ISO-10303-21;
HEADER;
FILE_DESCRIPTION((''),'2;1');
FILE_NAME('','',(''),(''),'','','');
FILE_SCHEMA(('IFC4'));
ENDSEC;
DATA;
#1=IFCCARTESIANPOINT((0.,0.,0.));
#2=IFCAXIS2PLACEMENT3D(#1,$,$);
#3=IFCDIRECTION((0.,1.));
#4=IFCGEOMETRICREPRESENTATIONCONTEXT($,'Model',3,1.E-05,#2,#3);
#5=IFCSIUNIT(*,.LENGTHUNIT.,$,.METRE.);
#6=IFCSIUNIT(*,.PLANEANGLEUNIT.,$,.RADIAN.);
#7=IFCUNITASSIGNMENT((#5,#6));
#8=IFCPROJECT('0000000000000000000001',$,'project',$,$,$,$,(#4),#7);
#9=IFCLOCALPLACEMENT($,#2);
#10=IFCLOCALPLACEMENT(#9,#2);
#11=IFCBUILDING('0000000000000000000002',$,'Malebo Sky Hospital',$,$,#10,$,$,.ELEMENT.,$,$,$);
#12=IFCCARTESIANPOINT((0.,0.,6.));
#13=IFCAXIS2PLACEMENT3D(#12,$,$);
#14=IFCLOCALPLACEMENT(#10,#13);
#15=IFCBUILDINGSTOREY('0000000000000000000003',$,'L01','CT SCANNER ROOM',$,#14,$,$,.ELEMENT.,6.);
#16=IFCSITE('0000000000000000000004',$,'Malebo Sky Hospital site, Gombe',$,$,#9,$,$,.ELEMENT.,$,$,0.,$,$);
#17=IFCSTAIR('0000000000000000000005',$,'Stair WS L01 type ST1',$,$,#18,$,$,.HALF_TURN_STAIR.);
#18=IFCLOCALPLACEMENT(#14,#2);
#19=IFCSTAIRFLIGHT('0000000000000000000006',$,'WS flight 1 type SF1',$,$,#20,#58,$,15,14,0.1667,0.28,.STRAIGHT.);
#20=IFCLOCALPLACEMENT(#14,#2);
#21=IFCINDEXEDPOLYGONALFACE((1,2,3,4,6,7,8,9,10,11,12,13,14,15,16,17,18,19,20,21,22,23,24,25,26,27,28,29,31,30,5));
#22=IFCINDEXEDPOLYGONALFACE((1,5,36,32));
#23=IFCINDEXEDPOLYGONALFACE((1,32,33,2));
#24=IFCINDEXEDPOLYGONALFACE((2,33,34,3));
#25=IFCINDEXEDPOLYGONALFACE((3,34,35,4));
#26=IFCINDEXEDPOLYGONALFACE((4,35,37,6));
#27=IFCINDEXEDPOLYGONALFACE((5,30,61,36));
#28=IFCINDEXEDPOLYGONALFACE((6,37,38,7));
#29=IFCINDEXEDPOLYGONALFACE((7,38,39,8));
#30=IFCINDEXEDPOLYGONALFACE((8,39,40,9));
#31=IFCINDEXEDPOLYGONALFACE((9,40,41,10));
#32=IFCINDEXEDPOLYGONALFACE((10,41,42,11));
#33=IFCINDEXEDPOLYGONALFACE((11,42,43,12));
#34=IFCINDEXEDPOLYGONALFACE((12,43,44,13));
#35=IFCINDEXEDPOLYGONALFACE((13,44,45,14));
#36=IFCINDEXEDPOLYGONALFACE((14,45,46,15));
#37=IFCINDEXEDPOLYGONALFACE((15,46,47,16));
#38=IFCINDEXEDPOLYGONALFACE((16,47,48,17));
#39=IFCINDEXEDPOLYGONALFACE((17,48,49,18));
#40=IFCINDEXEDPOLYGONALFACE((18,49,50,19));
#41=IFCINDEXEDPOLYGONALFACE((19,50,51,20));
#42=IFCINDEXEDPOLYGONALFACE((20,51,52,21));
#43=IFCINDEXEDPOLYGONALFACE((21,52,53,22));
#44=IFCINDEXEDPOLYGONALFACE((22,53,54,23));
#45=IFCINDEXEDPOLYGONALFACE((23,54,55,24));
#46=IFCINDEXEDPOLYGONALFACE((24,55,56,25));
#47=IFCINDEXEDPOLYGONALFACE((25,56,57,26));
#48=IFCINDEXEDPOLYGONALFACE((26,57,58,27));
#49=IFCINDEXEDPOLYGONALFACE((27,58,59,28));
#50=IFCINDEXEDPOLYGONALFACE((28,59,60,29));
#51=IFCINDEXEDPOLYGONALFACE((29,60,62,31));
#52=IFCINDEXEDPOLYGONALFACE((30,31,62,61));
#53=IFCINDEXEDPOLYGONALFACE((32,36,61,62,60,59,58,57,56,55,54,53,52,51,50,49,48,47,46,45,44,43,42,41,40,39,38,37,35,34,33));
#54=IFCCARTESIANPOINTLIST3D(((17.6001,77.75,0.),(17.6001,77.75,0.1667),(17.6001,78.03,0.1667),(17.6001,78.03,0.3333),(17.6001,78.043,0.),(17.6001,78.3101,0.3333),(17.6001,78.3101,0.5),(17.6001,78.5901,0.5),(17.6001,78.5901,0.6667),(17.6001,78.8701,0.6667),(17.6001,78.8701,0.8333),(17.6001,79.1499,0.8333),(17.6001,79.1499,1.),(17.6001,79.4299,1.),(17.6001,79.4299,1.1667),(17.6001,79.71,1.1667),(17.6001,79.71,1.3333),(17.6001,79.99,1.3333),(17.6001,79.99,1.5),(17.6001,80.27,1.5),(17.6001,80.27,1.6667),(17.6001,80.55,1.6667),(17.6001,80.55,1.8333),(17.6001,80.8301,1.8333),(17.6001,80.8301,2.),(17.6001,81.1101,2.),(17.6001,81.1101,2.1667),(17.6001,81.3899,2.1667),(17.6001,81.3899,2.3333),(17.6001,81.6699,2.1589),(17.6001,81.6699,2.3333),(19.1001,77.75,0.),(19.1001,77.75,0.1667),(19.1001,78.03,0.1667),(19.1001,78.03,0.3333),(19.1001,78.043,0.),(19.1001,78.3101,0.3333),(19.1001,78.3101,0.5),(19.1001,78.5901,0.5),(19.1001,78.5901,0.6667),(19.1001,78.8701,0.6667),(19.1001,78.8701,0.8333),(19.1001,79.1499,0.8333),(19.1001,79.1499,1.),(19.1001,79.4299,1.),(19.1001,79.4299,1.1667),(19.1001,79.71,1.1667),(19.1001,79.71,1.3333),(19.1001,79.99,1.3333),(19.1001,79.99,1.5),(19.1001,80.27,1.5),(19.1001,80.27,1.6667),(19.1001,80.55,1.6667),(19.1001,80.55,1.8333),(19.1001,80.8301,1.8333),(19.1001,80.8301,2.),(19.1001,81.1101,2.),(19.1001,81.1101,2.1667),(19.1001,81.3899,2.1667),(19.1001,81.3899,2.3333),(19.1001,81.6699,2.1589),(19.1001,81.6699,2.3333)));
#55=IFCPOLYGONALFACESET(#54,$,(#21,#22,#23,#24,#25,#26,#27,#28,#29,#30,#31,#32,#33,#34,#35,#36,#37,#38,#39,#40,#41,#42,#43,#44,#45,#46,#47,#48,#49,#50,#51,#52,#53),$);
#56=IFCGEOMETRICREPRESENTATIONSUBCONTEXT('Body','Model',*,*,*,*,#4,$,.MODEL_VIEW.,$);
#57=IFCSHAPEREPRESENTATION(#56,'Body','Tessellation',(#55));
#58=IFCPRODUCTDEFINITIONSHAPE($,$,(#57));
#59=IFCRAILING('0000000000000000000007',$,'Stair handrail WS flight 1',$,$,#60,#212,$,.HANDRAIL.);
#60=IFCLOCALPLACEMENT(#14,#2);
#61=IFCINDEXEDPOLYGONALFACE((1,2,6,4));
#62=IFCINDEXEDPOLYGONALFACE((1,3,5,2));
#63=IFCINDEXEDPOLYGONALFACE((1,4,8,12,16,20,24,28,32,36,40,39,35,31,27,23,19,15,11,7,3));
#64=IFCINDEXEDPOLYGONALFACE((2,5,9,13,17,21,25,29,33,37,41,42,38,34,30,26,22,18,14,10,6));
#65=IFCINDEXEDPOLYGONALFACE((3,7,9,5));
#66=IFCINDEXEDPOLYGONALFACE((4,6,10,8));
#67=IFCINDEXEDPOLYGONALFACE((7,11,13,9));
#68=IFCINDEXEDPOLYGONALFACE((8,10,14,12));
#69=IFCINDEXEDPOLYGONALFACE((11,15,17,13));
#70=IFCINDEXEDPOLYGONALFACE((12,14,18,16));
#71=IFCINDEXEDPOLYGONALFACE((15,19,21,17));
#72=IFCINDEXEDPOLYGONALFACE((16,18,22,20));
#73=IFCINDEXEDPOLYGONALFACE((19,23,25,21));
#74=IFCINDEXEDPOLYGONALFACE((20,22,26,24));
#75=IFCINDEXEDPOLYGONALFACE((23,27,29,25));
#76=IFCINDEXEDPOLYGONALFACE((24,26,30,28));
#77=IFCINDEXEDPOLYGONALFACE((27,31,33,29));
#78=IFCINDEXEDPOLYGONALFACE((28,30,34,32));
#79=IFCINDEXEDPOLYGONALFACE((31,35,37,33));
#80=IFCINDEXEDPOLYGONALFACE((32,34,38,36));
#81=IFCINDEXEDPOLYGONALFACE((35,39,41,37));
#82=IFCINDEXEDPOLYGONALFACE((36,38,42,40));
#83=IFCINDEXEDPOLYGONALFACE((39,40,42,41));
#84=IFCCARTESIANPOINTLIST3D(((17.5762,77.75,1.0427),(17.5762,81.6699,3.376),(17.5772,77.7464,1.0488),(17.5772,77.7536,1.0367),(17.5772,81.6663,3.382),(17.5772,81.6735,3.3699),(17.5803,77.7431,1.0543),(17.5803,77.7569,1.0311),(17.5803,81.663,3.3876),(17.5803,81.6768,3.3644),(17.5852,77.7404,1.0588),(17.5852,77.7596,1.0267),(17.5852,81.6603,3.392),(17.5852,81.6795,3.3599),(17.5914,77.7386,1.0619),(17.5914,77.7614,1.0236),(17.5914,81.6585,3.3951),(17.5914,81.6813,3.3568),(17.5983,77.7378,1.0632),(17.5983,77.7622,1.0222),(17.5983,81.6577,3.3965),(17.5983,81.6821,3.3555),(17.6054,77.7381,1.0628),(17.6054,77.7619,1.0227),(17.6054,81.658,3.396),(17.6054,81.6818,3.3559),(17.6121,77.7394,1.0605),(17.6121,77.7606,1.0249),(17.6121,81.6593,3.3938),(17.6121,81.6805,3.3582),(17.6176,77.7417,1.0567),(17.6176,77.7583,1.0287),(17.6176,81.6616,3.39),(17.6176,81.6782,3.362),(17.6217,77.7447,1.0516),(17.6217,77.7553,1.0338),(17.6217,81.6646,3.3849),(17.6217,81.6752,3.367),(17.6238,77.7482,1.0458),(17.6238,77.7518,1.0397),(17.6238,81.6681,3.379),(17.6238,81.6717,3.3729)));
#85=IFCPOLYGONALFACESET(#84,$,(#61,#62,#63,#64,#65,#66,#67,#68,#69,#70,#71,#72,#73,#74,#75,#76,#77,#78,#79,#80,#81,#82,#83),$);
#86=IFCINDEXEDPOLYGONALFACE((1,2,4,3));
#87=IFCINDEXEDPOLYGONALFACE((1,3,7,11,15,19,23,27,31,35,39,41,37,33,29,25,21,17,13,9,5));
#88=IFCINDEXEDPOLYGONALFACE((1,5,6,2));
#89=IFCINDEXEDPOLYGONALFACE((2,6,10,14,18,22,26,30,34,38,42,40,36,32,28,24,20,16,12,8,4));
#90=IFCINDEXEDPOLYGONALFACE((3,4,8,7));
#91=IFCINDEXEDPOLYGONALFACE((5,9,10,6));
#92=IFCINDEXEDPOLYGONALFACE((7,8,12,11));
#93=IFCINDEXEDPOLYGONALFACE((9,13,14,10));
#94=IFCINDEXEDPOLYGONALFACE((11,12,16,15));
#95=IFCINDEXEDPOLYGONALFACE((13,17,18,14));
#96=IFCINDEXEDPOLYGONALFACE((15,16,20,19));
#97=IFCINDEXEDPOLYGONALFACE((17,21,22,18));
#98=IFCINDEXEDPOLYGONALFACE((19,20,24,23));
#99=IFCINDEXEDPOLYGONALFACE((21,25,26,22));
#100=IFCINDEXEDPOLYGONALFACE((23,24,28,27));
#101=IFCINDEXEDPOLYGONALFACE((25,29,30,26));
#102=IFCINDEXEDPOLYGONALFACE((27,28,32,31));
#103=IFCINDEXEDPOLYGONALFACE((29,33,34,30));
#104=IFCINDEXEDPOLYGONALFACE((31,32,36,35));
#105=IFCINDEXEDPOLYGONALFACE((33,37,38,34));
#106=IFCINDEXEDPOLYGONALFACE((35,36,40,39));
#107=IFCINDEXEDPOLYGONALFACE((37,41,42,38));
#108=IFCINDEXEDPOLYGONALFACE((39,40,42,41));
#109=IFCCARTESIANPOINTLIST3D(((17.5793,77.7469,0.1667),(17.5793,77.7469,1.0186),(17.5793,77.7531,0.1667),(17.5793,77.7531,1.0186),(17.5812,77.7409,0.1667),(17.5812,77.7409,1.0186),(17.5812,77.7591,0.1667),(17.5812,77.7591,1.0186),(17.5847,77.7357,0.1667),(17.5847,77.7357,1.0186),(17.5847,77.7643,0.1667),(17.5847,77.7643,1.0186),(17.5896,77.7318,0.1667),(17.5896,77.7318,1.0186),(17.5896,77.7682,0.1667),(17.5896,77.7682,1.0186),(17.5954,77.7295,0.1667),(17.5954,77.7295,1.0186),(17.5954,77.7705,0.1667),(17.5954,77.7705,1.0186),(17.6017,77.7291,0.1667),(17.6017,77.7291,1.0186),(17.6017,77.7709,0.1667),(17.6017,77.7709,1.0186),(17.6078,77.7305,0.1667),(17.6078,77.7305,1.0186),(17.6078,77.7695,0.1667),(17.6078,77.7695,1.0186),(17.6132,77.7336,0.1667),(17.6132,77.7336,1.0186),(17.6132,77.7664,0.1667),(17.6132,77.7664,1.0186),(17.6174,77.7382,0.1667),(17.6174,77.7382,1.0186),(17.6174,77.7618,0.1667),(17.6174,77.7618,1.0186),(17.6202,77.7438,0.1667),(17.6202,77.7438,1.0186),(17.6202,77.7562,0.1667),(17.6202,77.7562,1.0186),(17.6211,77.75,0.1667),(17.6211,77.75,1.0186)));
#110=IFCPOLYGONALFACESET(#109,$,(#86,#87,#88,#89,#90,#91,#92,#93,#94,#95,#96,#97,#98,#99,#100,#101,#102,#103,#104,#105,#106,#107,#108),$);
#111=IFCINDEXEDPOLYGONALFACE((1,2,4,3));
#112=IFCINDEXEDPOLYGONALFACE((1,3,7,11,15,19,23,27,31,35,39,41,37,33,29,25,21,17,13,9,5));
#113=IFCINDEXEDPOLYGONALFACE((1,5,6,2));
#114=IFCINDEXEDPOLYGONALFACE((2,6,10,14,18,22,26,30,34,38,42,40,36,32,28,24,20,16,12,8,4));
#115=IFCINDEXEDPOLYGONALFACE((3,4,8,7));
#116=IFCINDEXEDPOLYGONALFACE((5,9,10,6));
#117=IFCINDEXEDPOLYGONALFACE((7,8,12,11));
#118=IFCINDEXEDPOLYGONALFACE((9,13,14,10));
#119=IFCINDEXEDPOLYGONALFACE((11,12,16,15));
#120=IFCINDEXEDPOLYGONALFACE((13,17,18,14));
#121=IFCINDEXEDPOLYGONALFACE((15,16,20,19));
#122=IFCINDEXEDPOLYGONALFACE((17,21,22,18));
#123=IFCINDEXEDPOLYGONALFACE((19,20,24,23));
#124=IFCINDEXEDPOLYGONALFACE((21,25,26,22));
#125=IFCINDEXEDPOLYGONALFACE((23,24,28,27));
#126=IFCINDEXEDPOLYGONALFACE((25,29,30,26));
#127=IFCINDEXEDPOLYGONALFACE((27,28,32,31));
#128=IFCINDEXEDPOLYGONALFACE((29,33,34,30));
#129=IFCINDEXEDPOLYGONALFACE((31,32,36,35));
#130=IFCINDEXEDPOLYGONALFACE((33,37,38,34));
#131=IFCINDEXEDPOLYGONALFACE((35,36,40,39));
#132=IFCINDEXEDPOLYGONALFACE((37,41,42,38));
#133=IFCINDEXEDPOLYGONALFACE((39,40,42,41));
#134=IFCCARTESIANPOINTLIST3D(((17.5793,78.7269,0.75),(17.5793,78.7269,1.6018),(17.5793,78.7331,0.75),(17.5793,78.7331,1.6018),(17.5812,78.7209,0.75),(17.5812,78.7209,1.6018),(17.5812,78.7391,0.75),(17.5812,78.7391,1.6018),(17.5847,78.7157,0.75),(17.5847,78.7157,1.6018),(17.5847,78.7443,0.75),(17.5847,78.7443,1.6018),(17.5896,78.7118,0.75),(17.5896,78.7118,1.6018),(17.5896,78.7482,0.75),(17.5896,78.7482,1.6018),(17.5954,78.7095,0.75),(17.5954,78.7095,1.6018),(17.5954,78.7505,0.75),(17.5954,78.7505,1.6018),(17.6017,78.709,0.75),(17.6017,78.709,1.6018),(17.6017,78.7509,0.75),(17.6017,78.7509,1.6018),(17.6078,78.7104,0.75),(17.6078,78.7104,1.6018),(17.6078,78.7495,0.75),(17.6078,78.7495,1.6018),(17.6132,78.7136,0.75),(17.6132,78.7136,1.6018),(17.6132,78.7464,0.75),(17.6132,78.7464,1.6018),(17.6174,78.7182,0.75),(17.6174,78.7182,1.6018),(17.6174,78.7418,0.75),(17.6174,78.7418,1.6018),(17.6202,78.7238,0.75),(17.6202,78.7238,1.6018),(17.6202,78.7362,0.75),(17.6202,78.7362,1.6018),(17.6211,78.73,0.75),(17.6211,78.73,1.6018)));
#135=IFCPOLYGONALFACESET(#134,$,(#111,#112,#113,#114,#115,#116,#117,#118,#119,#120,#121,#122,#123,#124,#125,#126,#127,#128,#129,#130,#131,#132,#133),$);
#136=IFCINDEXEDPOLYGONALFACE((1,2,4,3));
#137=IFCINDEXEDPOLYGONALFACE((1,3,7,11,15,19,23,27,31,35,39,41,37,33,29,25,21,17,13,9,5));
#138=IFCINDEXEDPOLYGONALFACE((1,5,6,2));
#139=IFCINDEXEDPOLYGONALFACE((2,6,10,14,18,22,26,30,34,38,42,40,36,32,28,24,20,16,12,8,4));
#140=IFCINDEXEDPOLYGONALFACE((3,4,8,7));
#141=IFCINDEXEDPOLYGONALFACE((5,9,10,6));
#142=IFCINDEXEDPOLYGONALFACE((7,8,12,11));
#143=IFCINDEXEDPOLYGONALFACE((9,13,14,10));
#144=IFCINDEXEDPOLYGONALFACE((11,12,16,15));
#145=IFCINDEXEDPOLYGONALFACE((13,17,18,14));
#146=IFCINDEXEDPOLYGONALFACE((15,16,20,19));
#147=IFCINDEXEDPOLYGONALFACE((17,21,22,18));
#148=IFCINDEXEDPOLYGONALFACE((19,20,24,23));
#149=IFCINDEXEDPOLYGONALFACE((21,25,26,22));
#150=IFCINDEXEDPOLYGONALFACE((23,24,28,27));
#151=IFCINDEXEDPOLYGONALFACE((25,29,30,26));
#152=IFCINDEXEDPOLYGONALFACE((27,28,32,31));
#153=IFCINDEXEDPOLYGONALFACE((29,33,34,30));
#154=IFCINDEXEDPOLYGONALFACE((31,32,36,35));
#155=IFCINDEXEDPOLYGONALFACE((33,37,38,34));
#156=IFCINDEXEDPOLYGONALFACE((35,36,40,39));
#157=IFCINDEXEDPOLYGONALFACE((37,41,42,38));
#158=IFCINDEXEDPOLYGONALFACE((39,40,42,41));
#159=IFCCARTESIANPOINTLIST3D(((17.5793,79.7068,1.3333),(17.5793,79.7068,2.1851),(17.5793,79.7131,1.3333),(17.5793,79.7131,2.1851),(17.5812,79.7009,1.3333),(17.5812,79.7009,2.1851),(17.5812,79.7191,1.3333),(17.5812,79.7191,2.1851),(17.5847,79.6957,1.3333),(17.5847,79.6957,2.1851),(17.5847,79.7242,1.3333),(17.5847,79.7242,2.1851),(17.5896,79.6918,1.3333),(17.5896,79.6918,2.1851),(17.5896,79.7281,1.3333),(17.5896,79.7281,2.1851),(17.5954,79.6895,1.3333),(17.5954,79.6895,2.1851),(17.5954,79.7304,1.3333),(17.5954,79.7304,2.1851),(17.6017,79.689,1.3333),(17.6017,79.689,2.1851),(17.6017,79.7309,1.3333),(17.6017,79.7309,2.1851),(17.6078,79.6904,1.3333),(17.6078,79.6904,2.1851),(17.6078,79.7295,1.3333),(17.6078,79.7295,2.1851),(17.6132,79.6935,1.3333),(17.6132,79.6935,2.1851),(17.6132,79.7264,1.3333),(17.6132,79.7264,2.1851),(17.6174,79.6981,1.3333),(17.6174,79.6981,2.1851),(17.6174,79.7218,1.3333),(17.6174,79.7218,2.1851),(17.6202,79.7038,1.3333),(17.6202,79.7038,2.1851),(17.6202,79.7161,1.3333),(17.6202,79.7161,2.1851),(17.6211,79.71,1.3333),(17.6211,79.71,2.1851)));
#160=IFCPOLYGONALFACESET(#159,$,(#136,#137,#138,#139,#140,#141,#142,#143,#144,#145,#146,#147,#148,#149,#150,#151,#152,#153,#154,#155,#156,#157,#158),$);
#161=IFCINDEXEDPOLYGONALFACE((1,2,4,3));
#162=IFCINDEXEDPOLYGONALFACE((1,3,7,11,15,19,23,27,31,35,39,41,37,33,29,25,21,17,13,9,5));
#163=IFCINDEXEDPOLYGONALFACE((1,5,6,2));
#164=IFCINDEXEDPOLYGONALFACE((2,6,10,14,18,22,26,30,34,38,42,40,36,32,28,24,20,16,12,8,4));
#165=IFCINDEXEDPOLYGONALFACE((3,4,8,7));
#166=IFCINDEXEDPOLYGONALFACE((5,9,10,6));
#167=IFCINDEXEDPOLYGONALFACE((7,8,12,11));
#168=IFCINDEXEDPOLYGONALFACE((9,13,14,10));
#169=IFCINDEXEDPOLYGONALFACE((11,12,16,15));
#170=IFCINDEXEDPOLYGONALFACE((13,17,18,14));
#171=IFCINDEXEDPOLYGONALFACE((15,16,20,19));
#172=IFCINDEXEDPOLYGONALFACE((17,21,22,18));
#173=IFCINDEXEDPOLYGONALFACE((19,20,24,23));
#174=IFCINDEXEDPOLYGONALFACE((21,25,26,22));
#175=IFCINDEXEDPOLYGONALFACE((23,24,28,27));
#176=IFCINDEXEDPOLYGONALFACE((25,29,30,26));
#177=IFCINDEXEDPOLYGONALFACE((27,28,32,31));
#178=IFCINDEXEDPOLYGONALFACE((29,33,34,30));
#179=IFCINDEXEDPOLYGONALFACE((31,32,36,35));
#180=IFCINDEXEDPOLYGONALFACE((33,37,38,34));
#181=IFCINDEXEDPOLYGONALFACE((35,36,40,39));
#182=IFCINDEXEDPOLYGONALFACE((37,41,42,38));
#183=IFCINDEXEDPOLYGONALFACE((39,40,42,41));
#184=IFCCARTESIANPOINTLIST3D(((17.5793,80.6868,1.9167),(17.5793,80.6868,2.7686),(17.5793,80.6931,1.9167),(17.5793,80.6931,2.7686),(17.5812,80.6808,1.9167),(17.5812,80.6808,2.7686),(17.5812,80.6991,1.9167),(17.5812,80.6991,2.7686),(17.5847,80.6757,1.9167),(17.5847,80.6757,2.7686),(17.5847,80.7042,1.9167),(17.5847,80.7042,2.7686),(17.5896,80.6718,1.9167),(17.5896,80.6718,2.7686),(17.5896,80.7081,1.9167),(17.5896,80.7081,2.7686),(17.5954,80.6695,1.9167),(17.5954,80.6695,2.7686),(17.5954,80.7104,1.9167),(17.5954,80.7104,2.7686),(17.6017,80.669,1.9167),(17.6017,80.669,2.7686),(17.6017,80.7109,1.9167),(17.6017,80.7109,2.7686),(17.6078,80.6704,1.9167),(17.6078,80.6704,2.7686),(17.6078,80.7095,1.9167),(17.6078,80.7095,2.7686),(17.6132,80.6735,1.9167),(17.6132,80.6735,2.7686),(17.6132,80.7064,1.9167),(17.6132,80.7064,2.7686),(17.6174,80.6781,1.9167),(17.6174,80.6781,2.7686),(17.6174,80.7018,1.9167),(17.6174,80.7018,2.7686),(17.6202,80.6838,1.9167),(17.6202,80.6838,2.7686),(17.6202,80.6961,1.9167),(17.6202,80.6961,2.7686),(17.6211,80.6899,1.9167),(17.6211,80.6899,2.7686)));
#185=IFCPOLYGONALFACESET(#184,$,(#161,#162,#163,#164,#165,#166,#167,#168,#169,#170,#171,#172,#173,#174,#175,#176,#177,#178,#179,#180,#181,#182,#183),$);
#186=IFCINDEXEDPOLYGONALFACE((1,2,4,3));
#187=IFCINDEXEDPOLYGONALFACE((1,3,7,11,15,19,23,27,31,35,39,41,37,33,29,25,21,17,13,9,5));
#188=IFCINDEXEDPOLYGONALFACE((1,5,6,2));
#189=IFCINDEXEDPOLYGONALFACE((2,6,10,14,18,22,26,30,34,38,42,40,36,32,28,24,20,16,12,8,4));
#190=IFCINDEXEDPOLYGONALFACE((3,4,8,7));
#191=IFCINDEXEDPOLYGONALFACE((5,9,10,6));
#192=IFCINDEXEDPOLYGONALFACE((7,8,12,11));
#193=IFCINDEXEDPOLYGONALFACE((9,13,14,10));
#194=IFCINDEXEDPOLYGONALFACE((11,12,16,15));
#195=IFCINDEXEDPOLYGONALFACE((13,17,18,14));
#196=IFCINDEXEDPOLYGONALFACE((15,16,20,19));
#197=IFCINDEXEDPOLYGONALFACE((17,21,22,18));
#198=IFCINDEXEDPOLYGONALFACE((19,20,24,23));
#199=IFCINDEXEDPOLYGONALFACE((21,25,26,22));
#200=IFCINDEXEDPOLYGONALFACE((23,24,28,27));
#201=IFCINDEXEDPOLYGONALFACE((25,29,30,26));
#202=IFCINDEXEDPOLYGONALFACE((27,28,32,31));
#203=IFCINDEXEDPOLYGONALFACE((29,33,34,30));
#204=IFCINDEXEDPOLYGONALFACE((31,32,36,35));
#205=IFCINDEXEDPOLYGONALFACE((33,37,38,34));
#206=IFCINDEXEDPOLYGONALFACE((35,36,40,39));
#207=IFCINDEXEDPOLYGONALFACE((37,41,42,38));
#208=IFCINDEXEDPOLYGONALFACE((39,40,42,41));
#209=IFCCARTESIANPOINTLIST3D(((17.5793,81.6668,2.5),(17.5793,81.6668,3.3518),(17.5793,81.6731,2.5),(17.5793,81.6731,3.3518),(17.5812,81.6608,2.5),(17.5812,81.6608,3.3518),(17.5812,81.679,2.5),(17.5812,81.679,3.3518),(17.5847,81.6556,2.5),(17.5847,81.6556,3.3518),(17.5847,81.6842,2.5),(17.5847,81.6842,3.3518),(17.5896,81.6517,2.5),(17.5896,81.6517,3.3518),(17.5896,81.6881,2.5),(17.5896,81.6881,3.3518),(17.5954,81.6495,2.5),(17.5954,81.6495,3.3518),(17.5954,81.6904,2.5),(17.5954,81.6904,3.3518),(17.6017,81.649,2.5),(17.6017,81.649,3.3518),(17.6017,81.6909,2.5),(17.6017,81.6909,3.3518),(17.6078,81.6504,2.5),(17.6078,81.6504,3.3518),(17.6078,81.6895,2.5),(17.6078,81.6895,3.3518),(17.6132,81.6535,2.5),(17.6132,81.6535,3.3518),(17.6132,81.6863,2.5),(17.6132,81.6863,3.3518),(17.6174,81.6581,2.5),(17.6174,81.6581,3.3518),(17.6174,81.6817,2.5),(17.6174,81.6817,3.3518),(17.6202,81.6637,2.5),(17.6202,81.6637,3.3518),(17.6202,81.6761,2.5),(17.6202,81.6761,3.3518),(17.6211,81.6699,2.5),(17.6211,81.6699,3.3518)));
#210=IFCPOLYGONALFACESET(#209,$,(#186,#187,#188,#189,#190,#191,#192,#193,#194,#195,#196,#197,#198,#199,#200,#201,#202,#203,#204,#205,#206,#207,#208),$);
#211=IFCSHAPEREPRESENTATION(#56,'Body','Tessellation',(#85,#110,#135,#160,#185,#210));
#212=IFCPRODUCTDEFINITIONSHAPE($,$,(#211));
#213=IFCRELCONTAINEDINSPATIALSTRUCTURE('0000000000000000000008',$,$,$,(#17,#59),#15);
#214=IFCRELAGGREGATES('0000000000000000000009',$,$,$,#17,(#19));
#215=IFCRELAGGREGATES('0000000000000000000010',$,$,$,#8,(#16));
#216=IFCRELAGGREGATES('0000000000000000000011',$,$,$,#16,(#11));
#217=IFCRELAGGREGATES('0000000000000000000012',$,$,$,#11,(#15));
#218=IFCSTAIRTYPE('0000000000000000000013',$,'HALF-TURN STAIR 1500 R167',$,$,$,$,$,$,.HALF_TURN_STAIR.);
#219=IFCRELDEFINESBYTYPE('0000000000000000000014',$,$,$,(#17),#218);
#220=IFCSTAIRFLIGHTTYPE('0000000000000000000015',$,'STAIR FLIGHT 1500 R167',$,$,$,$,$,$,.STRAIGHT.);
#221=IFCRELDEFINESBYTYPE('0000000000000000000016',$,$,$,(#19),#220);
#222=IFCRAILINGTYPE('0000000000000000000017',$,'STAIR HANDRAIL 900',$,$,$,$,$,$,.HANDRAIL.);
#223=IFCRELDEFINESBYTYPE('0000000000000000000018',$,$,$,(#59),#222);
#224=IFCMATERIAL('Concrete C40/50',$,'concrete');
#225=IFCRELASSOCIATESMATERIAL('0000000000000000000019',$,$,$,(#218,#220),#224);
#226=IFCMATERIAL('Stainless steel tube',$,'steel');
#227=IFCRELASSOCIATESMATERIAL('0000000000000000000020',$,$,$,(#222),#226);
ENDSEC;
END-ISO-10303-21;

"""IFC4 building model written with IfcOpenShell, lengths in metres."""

from ifc_helpers import new_model, si_unit, direction, frame, origin, origin_2d, place, context, subcontext, project, spatial, polyline, circle, outline, extrude, material, type_object, element, aggregate, save


model = new_model("IFC4")

# Units and contexts
model_context = context("Model", 3, precision=1e-05, world=origin(), true_north=direction((0.0, 1.0)))
body_context = subcontext(model_context, "Body", "Model", "MODEL_VIEW")
ifc_project = project(units=[si_unit("LENGTHUNIT", "METRE"), si_unit("PLANEANGLEUNIT", "RADIAN")], contexts=[model_context])

# Site, building, storey
site_placement = place(None, origin())
site = spatial("IfcSite", under=ifc_project, at=site_placement, Name="Malebo Sky Hospital site, Gombe", CompositionType="ELEMENT", RefElevation=0.0)
building_placement = place(site_placement, origin())
building = spatial("IfcBuilding", under=site, at=building_placement, Name="Malebo Sky Hospital", CompositionType="ELEMENT")
storey_placement = place(building_placement, frame((0.0, 0.0, 6.0)))
storey = spatial("IfcBuildingStorey", under=building, at=storey_placement, Name="L01", Description="CT SCANNER ROOM", CompositionType="ELEMENT", Elevation=6.0)

# Stair, stair flight
ifc_material_1 = material(Name="Concrete C40/50", Category="concrete")
stair_type = type_object("IfcStairType", Name="HALF-TURN STAIR 1500 R167", PredefinedType="HALF_TURN_STAIR", material=ifc_material_1)
stair_placement = place(storey_placement, origin())
stair = element("IfcStair", 1, at=stair_placement, inside=storey, type_object=stair_type, Name="Stair WS L01 type ST1", PredefinedType="HALF_TURN_STAIR")
stair_flight_type = type_object("IfcStairFlightType", Name="STAIR FLIGHT 1500 R167", PredefinedType="STRAIGHT", material=ifc_material_1)
stair_flight_placement = place(storey_placement, frame((18.3501, 77.75, 0.0), z_axis=(0.0, 0.0, 1.0), x_axis=(0.0, 1.0, 0.0)))
stair_flight = element("IfcStairFlight", 2, at=stair_flight_placement, type_object=stair_flight_type, Name="WS flight 1 type SF1", NumberOfRisers=15, NumberOfTreads=14, PredefinedType="STRAIGHT", RiserHeight=0.1667, TreadLength=0.28, context=body_context, shape_type="SweptSolid", body=[
    extrude(outline(polyline([(0.0, 0.0), (0.0, 0.1667), (0.28, 0.1667), (0.28, 0.3333), (0.5601, 0.3333), (0.5601, 0.5), (0.8401, 0.5), (0.8401, 0.6667), (1.1201, 0.6667), (1.1201, 0.8333), (1.3999, 0.8333), (1.3999, 1.0), (1.6799, 1.0), (1.6799, 1.1667), (1.96, 1.1667), (1.96, 1.3333), (2.24, 1.3333), (2.24, 1.5), (2.52, 1.5), (2.52, 1.6667), (2.8, 1.6667), (2.8, 1.8333), (3.0801, 1.8333), (3.0801, 2.0), (3.3601, 2.0), (3.3601, 2.1667), (3.6399, 2.1667), (3.6399, 2.3333), (3.9199, 2.3333), (3.9199, 2.5), (3.9199, 2.1589), (0.293, 0.0), (0.0, 0.0)])), frame((0.0, 0.75, 0.0), z_axis=(0.0, -1.0, 0.0), x_axis=(1.0, 0.0, 0.0)), (0.0, 0.0, 1.0), 1.5),
])
aggregate(stair, [stair_flight])

# Railing
ifc_material_2 = material(Name="Stainless steel tube", Category="steel")
railing_type = type_object("IfcRailingType", Name="STAIR HANDRAIL 900", PredefinedType="HANDRAIL", material=ifc_material_2)
railing_1_placement = place(storey_placement, frame((17.6001, 77.75, 0.1667)))
element("IfcRailing", 3, at=railing_1_placement, inside=storey, type_object=railing_type, Name="Stair handrail WS flight 1", PredefinedType="HANDRAIL", context=body_context, shape_type="SweptSolid", body=[
    extrude(circle(Radius=0.0239, at=origin_2d()), frame((0.0, 0.0, 0.876), z_axis=(0.0, 0.859296, 0.511478), x_axis=(-1.0, 0.0, 0.0)), (0.0, 0.0, 1.0), 4.5618),
    extrude(circle(Radius=0.021, at=origin_2d()), origin(), (0.0, 0.0, 1.0), 0.8518),
    extrude(circle(Radius=0.021, at=origin_2d()), frame((0.0, 0.98, 0.5833)), (0.0, 0.0, 1.0), 0.8518),
    extrude(circle(Radius=0.021, at=origin_2d()), frame((0.0, 1.96, 1.1665)), (0.0, 0.0, 1.0), 0.8518),
    extrude(circle(Radius=0.021, at=origin_2d()), frame((0.0, 2.9399, 1.75)), (0.0, 0.0, 1.0), 0.8518),
    extrude(circle(Radius=0.021, at=origin_2d()), frame((0.0, 3.9199, 2.3333)), (0.0, 0.0, 1.0), 0.8518),
])

save(model, "model.ifc")
